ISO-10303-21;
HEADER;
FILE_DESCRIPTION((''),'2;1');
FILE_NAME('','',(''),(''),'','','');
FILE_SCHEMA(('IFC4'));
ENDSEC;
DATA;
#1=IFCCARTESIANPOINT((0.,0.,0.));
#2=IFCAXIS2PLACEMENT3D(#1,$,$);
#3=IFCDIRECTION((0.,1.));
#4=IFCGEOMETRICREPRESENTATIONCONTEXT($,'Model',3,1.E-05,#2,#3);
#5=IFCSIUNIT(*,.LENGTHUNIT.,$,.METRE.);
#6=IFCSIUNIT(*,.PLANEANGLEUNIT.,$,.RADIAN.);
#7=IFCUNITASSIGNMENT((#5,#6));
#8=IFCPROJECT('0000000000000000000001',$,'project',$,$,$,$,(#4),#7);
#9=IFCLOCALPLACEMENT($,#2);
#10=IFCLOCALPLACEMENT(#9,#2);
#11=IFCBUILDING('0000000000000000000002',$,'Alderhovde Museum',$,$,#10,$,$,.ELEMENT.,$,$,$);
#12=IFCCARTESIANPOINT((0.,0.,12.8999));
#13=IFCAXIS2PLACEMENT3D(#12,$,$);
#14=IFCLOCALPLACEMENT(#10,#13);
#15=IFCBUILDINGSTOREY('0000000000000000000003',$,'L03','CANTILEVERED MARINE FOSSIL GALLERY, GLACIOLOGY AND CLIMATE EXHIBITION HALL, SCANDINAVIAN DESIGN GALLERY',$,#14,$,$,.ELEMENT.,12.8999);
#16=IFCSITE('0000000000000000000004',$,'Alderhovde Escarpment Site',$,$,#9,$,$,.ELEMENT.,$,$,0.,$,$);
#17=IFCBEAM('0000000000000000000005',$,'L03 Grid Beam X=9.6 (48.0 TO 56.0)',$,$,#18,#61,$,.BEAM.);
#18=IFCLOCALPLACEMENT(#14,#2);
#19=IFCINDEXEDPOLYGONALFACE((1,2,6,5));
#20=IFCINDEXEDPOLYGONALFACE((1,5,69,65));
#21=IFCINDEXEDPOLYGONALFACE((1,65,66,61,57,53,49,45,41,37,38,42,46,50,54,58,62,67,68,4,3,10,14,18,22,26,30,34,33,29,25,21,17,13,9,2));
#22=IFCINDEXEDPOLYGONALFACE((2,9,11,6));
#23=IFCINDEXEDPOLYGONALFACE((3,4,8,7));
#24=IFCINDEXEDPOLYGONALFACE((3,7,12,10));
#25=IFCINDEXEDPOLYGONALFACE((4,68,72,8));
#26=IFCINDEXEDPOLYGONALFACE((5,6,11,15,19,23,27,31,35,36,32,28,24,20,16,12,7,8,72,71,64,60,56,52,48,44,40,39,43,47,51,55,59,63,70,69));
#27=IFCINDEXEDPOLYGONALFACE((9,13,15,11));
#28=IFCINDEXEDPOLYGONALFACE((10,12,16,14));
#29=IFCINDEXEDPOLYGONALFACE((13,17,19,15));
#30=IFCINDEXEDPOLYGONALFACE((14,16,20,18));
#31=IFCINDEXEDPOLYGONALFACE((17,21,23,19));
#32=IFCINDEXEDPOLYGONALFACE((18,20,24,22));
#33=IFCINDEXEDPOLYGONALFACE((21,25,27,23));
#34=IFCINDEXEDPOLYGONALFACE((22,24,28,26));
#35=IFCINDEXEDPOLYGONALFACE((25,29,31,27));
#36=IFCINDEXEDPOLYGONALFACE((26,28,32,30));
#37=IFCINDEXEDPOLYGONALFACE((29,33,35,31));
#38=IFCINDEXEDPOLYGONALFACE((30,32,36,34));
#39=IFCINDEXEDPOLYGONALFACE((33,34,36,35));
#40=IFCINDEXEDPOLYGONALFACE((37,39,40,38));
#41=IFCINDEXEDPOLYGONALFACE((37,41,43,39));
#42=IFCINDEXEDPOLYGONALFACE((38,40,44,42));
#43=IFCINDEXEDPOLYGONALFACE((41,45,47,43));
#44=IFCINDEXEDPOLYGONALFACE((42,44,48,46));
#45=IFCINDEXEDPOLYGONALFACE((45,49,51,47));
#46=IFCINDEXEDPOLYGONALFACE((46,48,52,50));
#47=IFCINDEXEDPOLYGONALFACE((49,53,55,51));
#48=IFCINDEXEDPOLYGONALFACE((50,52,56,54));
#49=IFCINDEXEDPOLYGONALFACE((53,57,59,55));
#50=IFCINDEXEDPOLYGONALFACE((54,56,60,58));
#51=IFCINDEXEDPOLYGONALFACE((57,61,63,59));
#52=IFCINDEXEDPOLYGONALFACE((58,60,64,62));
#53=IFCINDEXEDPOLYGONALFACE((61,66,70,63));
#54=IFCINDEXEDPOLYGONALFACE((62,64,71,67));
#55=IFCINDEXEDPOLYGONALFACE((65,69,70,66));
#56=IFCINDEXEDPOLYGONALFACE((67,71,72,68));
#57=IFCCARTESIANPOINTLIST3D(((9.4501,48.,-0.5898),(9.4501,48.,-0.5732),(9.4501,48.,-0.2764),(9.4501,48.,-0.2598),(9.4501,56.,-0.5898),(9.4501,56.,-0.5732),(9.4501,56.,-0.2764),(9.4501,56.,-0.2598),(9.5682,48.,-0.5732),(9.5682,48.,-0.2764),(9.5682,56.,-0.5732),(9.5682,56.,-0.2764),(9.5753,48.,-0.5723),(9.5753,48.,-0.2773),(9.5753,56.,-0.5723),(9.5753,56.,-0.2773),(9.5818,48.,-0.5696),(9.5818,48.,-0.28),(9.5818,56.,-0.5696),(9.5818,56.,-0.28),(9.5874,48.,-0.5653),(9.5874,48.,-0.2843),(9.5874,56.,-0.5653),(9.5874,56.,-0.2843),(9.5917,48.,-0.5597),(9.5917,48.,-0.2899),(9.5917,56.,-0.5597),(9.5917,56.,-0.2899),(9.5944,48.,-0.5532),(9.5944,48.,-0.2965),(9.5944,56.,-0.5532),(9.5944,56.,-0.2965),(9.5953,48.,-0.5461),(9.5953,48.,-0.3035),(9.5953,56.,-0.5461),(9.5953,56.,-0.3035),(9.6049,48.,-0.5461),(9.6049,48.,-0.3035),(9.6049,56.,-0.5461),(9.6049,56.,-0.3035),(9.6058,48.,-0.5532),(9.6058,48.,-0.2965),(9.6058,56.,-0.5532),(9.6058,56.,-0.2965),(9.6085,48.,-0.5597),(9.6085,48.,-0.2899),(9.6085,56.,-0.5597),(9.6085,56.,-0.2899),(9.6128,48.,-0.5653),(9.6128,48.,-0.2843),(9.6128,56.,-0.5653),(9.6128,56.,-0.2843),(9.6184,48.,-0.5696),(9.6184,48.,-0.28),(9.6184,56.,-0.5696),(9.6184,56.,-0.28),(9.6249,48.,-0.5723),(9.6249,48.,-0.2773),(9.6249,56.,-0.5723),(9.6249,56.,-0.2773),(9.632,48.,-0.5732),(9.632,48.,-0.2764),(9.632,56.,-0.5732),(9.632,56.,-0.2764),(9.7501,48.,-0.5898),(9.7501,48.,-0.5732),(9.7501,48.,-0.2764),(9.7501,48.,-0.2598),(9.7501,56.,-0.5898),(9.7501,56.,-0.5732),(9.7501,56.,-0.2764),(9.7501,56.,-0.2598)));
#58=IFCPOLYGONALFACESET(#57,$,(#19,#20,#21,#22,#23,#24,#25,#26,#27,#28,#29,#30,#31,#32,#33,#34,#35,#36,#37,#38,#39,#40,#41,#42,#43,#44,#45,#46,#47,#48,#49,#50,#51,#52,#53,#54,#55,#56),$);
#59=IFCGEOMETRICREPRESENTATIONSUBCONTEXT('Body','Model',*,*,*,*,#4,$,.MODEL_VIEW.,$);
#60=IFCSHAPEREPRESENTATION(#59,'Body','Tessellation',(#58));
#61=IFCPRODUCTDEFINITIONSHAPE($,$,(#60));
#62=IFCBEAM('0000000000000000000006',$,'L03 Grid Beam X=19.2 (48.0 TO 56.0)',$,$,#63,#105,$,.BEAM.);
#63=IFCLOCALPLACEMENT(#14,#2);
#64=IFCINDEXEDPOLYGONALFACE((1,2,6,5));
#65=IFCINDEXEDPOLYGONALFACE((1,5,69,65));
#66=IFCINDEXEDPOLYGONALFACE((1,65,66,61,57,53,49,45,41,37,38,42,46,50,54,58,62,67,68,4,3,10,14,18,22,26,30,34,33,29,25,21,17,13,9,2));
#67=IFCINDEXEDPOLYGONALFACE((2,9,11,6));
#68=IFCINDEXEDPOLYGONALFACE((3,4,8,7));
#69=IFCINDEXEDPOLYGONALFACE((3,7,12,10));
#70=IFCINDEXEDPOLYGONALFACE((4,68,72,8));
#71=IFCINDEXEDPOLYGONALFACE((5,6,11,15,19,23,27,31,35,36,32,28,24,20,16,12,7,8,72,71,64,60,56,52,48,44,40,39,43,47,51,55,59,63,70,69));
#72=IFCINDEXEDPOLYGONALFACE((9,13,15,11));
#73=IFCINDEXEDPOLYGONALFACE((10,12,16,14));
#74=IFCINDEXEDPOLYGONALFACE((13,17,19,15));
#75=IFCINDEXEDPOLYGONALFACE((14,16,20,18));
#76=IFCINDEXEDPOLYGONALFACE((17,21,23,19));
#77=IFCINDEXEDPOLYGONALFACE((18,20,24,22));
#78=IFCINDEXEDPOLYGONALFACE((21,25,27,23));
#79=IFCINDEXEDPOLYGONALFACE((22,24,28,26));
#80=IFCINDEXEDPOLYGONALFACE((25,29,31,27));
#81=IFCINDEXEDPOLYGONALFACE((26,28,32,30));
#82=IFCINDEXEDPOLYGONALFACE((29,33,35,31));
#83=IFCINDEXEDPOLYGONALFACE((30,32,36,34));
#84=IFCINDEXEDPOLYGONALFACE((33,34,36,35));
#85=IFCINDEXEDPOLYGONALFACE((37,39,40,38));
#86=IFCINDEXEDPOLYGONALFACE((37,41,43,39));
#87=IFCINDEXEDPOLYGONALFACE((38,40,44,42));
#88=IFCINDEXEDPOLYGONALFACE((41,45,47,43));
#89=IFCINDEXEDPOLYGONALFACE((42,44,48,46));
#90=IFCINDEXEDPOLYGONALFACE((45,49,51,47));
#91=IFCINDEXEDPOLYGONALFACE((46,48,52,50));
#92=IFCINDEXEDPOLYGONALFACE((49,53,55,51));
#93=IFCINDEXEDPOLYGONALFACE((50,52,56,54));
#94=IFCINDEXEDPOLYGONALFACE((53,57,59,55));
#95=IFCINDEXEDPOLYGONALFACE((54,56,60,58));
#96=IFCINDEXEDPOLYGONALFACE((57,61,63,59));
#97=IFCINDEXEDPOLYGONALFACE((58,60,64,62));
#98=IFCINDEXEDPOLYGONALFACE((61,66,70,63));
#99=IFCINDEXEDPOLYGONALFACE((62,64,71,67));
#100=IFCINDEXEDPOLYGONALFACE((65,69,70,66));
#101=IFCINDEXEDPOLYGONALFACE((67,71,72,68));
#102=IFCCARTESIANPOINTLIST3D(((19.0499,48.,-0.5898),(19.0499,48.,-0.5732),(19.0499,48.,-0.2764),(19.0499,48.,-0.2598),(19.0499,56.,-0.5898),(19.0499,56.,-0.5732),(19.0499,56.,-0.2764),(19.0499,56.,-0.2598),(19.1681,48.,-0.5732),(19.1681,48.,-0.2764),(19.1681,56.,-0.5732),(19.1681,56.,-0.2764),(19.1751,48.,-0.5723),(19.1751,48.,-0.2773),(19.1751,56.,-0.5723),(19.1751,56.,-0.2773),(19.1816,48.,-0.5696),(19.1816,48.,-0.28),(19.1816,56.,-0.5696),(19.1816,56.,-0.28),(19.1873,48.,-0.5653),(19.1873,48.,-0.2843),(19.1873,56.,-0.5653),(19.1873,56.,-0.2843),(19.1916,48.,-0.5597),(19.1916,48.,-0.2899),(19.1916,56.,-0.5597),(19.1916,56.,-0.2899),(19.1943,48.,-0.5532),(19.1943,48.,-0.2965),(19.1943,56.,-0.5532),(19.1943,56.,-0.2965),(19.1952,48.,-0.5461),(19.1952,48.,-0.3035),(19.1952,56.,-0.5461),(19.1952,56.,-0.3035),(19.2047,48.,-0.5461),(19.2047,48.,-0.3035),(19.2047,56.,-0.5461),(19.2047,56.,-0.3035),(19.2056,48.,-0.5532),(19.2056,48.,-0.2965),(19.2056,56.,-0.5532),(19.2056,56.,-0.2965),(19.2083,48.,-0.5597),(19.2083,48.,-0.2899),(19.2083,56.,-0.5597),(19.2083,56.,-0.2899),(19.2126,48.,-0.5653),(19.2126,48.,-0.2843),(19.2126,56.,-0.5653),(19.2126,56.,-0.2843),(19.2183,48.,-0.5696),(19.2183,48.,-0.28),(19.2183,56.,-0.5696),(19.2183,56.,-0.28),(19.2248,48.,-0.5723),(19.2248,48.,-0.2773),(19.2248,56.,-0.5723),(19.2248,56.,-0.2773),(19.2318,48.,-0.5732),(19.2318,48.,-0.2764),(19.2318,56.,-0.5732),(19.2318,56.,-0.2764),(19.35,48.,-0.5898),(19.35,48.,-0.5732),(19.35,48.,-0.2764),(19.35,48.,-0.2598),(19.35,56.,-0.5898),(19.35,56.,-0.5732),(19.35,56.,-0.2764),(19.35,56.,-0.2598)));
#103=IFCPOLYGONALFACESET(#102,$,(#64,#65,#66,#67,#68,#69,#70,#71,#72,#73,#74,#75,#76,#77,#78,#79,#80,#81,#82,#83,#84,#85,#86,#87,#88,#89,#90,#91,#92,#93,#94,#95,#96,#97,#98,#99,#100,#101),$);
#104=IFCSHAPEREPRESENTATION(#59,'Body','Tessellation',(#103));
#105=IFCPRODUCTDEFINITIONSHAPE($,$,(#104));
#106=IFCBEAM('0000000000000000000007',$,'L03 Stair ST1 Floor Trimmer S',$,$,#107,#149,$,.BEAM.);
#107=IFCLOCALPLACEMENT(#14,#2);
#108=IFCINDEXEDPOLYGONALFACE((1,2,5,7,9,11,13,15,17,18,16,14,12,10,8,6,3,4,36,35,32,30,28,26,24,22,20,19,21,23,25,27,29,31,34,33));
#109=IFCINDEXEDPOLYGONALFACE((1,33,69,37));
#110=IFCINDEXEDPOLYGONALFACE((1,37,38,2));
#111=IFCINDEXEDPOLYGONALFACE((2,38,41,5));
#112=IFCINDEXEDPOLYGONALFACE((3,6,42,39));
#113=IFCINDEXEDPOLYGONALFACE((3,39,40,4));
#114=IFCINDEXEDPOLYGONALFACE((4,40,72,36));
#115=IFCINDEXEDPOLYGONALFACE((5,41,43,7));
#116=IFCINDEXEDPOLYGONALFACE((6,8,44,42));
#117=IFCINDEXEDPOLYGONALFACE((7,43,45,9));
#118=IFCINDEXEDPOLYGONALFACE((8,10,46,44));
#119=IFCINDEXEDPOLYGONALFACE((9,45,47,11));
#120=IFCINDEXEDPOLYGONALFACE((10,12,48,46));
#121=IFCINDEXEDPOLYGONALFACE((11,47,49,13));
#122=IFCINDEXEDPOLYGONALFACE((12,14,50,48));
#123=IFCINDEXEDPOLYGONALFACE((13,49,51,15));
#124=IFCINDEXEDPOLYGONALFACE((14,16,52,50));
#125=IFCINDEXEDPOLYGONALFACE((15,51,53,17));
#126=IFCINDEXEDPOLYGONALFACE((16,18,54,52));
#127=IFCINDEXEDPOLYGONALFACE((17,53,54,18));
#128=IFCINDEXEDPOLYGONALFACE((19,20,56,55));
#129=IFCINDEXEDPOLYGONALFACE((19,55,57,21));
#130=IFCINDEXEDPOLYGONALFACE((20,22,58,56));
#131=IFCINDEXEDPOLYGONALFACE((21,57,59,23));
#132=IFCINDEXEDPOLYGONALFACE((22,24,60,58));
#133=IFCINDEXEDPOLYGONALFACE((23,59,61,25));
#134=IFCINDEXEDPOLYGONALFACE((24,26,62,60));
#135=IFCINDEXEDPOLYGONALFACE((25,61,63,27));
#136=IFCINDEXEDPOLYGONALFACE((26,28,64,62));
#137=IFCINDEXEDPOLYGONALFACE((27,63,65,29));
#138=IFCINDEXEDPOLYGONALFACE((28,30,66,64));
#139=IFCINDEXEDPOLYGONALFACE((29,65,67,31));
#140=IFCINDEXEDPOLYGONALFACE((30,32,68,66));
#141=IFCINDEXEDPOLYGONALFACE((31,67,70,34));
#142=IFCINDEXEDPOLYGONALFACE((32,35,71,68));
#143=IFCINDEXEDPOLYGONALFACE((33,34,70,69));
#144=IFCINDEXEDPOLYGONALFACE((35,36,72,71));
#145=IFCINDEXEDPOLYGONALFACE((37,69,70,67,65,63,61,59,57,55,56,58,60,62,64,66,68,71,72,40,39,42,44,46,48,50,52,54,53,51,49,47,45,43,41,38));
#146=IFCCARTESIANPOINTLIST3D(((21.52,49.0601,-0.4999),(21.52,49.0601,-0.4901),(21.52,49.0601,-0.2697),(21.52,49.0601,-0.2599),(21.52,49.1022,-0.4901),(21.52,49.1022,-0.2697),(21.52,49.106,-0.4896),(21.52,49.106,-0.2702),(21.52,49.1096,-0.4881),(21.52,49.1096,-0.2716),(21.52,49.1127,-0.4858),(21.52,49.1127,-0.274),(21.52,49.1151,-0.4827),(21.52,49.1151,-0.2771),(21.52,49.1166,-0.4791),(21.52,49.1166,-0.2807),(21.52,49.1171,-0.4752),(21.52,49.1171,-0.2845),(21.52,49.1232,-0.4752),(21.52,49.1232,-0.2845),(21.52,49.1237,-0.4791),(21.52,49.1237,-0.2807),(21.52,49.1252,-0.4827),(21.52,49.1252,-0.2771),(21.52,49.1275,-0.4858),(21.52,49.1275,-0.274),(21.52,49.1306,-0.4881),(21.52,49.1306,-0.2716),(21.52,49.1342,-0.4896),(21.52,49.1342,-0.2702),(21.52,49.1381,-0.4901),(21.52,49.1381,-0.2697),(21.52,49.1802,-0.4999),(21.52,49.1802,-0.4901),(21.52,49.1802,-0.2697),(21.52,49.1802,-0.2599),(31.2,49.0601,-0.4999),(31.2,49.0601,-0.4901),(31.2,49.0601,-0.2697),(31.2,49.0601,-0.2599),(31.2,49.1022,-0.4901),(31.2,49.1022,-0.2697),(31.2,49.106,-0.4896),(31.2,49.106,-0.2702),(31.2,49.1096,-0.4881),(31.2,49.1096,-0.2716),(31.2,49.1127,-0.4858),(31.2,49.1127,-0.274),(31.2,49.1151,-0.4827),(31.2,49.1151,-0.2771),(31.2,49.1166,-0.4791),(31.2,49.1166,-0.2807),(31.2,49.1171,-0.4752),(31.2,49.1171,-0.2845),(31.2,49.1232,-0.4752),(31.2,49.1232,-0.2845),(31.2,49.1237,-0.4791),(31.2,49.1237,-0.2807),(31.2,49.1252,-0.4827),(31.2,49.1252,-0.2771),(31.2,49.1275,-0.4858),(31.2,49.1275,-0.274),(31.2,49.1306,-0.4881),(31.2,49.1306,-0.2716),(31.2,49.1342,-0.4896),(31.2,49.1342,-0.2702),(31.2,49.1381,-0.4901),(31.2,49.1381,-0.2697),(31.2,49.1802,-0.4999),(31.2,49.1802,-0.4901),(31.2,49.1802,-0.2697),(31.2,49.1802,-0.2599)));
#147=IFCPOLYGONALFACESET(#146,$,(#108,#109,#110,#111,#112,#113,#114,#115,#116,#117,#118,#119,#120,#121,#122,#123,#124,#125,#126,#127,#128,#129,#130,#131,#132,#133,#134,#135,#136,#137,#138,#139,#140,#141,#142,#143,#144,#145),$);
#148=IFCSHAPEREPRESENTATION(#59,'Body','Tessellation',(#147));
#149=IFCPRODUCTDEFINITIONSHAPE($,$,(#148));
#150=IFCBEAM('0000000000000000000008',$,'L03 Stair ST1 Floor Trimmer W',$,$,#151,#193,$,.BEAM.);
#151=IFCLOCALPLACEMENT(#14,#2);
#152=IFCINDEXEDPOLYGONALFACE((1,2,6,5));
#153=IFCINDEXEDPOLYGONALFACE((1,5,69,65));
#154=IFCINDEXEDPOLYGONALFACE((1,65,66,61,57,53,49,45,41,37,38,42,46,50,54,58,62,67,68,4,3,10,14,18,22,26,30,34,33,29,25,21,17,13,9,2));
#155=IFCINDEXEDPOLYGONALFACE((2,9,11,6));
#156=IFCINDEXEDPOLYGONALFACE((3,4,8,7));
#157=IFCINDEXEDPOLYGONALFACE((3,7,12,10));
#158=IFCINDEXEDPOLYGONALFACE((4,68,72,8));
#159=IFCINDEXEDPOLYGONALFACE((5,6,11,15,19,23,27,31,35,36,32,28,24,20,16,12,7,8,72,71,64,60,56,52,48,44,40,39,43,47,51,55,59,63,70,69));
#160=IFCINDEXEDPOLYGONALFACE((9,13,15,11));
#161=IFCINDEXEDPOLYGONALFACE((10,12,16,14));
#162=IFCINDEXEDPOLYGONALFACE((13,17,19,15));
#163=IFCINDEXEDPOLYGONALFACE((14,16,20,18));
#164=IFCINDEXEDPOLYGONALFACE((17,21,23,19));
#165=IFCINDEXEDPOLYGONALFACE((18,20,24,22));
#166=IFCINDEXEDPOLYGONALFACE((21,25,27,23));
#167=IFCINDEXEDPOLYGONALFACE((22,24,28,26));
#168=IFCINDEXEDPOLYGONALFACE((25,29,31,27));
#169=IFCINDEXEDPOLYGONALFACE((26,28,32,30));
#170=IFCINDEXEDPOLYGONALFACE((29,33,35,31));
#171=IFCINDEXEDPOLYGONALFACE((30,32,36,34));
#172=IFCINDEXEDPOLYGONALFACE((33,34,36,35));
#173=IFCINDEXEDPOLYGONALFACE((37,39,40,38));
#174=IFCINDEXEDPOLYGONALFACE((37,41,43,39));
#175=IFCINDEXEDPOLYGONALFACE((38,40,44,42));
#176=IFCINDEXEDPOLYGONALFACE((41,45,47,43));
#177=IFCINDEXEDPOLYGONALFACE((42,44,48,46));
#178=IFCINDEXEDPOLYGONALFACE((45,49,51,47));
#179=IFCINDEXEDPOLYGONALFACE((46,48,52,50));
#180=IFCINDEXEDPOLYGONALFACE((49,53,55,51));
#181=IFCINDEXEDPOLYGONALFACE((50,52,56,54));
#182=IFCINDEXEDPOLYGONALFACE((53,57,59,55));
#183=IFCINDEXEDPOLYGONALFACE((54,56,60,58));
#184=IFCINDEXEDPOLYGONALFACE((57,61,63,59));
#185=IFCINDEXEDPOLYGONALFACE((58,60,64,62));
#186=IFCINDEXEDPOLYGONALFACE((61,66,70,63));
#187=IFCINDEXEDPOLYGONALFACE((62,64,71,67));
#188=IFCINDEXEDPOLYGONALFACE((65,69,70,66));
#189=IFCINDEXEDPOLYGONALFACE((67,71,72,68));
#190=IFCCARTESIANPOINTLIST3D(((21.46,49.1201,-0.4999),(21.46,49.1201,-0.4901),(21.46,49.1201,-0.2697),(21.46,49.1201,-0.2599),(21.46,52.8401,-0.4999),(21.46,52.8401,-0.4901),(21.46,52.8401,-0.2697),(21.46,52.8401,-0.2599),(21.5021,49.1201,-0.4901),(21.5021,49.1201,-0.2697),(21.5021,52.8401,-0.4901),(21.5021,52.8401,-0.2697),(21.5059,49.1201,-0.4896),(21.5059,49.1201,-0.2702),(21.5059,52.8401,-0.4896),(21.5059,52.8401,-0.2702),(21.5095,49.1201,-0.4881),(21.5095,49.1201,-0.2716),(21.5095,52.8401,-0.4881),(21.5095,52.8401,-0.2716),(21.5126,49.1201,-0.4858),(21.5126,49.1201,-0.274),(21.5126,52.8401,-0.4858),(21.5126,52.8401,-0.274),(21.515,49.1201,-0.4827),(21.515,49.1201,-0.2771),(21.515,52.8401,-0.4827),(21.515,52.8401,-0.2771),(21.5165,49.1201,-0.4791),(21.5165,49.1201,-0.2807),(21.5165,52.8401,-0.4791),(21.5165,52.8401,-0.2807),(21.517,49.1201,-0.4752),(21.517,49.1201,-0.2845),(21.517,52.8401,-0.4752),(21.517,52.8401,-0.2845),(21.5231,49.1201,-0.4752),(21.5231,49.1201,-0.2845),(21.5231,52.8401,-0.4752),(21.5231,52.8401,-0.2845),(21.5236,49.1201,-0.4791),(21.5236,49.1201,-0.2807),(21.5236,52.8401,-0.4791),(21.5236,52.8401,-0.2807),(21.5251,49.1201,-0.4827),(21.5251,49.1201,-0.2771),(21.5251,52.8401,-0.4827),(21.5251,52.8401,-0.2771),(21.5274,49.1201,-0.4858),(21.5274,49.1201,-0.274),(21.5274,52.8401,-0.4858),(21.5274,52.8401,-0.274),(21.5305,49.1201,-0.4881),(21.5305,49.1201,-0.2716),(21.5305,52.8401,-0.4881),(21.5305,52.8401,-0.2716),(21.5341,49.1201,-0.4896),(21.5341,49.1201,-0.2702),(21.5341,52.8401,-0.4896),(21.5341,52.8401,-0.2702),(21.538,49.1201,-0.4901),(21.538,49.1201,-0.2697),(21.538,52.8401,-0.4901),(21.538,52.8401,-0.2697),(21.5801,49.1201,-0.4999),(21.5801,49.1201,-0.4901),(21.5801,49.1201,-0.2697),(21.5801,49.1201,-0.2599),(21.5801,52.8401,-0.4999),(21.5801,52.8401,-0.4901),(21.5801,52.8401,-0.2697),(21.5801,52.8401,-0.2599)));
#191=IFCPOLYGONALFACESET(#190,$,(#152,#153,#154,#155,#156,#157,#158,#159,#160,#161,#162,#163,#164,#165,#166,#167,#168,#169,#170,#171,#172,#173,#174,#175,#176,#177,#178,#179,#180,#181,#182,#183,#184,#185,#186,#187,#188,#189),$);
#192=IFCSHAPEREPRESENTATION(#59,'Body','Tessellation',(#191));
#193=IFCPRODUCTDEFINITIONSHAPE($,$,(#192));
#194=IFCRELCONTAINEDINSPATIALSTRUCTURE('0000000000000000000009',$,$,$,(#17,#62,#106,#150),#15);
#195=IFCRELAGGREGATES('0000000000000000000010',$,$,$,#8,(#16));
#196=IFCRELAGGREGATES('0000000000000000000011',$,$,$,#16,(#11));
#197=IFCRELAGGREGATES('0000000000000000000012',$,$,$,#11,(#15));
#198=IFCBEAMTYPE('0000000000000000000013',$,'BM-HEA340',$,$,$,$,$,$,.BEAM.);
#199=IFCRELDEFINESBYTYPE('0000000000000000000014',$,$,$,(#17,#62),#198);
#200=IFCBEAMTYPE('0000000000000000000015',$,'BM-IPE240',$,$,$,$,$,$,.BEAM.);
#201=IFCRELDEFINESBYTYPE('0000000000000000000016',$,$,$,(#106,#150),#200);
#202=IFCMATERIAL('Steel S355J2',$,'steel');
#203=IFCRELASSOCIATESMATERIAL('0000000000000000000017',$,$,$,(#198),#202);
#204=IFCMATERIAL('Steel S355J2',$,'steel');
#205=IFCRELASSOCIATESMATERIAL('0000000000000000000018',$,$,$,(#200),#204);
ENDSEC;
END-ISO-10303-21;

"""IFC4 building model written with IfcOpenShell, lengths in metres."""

from ifc_helpers import new_model, si_unit, direction, frame, origin, origin_2d, place, context, subcontext, project, spatial, i_section, extrude, material, material_profile, profile_set, type_object, element, save


model = new_model("IFC4")

# Units and contexts
model_context = context("Model", 3, precision=1e-05, world=origin(), true_north=direction((0.0, 1.0)))
body_context = subcontext(model_context, "Body", "Model", "MODEL_VIEW")
ifc_project = project(units=[si_unit("LENGTHUNIT", "METRE"), si_unit("PLANEANGLEUNIT", "RADIAN")], contexts=[model_context])

# Site, building, storey
site_placement = place(None, origin())
site = spatial("IfcSite", under=ifc_project, at=site_placement, Name="Alderhovde Escarpment Site", CompositionType="ELEMENT", RefElevation=0.0)
building_placement = place(site_placement, origin())
building = spatial("IfcBuilding", under=site, at=building_placement, Name="Alderhovde Museum", CompositionType="ELEMENT")
storey_placement = place(building_placement, frame((0.0, 0.0, 12.8999)))
storey = spatial("IfcBuildingStorey", under=building, at=storey_placement, Name="L03", Description="CANTILEVERED MARINE FOSSIL GALLERY, GLACIOLOGY AND CLIMATE EXHIBITION HALL, SCANDINAVIAN DESIGN GALLERY", CompositionType="ELEMENT", Elevation=12.8999)

# Beams
ifc_material_1 = material(Name="Steel S355J2", Category="steel")
ifc_material_profile_1 = material_profile(ifc_material_1, i_section(OverallWidth=0.3, OverallDepth=0.3301, WebThickness=0.0095, FlangeThickness=0.0166, FilletRadius=0.0271, at=origin_2d()), Name="HEA 340")
ifc_profile_set_1 = profile_set([ifc_material_profile_1], Name="Steel S355J2")
beam_type_1 = type_object("IfcBeamType", Name="BM-HEA340", PredefinedType="BEAM", material=ifc_profile_set_1)
for number, where, z_axis, x_axis, name in (
    (1, (9.6001, 48.0, -0.4248), (0.0, 1.0, 0.0), (-1.0, 0.0, 0.0), "L03 Grid Beam X=9.6 (48.0 TO 56.0)"),
    (2, (19.2, 48.0, -0.4248), (0.0, 1.0, 0.0), (-1.0, 0.0, 0.0), "L03 Grid Beam X=19.2 (48.0 TO 56.0)"),
):
    element("IfcBeam", number, at=place(storey_placement, frame(where, z_axis=z_axis, x_axis=x_axis)), inside=storey, type_object=beam_type_1, Name=name, PredefinedType="BEAM", context=body_context, shape_type="SweptSolid", body=[
        extrude(i_section(OverallWidth=0.3, OverallDepth=0.3301, WebThickness=0.0095, FlangeThickness=0.0166, FilletRadius=0.0271, at=origin_2d()), origin(), (0.0, 0.0, 1.0), 8.0),
    ])
ifc_material_2 = material(Name="Steel S355J2", Category="steel")
ifc_material_profile_2 = material_profile(ifc_material_2, i_section(OverallWidth=0.1201, OverallDepth=0.24, WebThickness=0.0061, FlangeThickness=0.0098, FilletRadius=0.0149, at=origin_2d()), Name="IPE 240")
ifc_profile_set_2 = profile_set([ifc_material_profile_2], Name="Steel S355J2")
beam_type_2 = type_object("IfcBeamType", Name="BM-IPE240", PredefinedType="BEAM", material=ifc_profile_set_2)
beam_1_placement = place(storey_placement, frame((21.52, 49.1201, -0.3799), z_axis=(1.0, 0.0, 0.0), x_axis=(0.0, 1.0, 0.0)))
element("IfcBeam", 3, at=beam_1_placement, inside=storey, type_object=beam_type_2, Name="L03 Stair ST1 Floor Trimmer S", PredefinedType="BEAM", context=body_context, shape_type="SweptSolid", body=[
    extrude(i_section(OverallWidth=0.1201, OverallDepth=0.24, WebThickness=0.0061, FlangeThickness=0.0098, FilletRadius=0.0149, at=origin_2d()), origin(), (0.0, 0.0, 1.0), 9.6799),
])
beam_2_placement = place(storey_placement, frame((21.52, 49.1201, -0.3799), z_axis=(0.0, 1.0, 0.0), x_axis=(-1.0, 0.0, 0.0)))
element("IfcBeam", 4, at=beam_2_placement, inside=storey, type_object=beam_type_2, Name="L03 Stair ST1 Floor Trimmer W", PredefinedType="BEAM", context=body_context, shape_type="SweptSolid", body=[
    extrude(i_section(OverallWidth=0.1201, OverallDepth=0.24, WebThickness=0.0061, FlangeThickness=0.0098, FilletRadius=0.0149, at=origin_2d()), origin(), (0.0, 0.0, 1.0), 3.72),
])

save(model, "model.ifc")
